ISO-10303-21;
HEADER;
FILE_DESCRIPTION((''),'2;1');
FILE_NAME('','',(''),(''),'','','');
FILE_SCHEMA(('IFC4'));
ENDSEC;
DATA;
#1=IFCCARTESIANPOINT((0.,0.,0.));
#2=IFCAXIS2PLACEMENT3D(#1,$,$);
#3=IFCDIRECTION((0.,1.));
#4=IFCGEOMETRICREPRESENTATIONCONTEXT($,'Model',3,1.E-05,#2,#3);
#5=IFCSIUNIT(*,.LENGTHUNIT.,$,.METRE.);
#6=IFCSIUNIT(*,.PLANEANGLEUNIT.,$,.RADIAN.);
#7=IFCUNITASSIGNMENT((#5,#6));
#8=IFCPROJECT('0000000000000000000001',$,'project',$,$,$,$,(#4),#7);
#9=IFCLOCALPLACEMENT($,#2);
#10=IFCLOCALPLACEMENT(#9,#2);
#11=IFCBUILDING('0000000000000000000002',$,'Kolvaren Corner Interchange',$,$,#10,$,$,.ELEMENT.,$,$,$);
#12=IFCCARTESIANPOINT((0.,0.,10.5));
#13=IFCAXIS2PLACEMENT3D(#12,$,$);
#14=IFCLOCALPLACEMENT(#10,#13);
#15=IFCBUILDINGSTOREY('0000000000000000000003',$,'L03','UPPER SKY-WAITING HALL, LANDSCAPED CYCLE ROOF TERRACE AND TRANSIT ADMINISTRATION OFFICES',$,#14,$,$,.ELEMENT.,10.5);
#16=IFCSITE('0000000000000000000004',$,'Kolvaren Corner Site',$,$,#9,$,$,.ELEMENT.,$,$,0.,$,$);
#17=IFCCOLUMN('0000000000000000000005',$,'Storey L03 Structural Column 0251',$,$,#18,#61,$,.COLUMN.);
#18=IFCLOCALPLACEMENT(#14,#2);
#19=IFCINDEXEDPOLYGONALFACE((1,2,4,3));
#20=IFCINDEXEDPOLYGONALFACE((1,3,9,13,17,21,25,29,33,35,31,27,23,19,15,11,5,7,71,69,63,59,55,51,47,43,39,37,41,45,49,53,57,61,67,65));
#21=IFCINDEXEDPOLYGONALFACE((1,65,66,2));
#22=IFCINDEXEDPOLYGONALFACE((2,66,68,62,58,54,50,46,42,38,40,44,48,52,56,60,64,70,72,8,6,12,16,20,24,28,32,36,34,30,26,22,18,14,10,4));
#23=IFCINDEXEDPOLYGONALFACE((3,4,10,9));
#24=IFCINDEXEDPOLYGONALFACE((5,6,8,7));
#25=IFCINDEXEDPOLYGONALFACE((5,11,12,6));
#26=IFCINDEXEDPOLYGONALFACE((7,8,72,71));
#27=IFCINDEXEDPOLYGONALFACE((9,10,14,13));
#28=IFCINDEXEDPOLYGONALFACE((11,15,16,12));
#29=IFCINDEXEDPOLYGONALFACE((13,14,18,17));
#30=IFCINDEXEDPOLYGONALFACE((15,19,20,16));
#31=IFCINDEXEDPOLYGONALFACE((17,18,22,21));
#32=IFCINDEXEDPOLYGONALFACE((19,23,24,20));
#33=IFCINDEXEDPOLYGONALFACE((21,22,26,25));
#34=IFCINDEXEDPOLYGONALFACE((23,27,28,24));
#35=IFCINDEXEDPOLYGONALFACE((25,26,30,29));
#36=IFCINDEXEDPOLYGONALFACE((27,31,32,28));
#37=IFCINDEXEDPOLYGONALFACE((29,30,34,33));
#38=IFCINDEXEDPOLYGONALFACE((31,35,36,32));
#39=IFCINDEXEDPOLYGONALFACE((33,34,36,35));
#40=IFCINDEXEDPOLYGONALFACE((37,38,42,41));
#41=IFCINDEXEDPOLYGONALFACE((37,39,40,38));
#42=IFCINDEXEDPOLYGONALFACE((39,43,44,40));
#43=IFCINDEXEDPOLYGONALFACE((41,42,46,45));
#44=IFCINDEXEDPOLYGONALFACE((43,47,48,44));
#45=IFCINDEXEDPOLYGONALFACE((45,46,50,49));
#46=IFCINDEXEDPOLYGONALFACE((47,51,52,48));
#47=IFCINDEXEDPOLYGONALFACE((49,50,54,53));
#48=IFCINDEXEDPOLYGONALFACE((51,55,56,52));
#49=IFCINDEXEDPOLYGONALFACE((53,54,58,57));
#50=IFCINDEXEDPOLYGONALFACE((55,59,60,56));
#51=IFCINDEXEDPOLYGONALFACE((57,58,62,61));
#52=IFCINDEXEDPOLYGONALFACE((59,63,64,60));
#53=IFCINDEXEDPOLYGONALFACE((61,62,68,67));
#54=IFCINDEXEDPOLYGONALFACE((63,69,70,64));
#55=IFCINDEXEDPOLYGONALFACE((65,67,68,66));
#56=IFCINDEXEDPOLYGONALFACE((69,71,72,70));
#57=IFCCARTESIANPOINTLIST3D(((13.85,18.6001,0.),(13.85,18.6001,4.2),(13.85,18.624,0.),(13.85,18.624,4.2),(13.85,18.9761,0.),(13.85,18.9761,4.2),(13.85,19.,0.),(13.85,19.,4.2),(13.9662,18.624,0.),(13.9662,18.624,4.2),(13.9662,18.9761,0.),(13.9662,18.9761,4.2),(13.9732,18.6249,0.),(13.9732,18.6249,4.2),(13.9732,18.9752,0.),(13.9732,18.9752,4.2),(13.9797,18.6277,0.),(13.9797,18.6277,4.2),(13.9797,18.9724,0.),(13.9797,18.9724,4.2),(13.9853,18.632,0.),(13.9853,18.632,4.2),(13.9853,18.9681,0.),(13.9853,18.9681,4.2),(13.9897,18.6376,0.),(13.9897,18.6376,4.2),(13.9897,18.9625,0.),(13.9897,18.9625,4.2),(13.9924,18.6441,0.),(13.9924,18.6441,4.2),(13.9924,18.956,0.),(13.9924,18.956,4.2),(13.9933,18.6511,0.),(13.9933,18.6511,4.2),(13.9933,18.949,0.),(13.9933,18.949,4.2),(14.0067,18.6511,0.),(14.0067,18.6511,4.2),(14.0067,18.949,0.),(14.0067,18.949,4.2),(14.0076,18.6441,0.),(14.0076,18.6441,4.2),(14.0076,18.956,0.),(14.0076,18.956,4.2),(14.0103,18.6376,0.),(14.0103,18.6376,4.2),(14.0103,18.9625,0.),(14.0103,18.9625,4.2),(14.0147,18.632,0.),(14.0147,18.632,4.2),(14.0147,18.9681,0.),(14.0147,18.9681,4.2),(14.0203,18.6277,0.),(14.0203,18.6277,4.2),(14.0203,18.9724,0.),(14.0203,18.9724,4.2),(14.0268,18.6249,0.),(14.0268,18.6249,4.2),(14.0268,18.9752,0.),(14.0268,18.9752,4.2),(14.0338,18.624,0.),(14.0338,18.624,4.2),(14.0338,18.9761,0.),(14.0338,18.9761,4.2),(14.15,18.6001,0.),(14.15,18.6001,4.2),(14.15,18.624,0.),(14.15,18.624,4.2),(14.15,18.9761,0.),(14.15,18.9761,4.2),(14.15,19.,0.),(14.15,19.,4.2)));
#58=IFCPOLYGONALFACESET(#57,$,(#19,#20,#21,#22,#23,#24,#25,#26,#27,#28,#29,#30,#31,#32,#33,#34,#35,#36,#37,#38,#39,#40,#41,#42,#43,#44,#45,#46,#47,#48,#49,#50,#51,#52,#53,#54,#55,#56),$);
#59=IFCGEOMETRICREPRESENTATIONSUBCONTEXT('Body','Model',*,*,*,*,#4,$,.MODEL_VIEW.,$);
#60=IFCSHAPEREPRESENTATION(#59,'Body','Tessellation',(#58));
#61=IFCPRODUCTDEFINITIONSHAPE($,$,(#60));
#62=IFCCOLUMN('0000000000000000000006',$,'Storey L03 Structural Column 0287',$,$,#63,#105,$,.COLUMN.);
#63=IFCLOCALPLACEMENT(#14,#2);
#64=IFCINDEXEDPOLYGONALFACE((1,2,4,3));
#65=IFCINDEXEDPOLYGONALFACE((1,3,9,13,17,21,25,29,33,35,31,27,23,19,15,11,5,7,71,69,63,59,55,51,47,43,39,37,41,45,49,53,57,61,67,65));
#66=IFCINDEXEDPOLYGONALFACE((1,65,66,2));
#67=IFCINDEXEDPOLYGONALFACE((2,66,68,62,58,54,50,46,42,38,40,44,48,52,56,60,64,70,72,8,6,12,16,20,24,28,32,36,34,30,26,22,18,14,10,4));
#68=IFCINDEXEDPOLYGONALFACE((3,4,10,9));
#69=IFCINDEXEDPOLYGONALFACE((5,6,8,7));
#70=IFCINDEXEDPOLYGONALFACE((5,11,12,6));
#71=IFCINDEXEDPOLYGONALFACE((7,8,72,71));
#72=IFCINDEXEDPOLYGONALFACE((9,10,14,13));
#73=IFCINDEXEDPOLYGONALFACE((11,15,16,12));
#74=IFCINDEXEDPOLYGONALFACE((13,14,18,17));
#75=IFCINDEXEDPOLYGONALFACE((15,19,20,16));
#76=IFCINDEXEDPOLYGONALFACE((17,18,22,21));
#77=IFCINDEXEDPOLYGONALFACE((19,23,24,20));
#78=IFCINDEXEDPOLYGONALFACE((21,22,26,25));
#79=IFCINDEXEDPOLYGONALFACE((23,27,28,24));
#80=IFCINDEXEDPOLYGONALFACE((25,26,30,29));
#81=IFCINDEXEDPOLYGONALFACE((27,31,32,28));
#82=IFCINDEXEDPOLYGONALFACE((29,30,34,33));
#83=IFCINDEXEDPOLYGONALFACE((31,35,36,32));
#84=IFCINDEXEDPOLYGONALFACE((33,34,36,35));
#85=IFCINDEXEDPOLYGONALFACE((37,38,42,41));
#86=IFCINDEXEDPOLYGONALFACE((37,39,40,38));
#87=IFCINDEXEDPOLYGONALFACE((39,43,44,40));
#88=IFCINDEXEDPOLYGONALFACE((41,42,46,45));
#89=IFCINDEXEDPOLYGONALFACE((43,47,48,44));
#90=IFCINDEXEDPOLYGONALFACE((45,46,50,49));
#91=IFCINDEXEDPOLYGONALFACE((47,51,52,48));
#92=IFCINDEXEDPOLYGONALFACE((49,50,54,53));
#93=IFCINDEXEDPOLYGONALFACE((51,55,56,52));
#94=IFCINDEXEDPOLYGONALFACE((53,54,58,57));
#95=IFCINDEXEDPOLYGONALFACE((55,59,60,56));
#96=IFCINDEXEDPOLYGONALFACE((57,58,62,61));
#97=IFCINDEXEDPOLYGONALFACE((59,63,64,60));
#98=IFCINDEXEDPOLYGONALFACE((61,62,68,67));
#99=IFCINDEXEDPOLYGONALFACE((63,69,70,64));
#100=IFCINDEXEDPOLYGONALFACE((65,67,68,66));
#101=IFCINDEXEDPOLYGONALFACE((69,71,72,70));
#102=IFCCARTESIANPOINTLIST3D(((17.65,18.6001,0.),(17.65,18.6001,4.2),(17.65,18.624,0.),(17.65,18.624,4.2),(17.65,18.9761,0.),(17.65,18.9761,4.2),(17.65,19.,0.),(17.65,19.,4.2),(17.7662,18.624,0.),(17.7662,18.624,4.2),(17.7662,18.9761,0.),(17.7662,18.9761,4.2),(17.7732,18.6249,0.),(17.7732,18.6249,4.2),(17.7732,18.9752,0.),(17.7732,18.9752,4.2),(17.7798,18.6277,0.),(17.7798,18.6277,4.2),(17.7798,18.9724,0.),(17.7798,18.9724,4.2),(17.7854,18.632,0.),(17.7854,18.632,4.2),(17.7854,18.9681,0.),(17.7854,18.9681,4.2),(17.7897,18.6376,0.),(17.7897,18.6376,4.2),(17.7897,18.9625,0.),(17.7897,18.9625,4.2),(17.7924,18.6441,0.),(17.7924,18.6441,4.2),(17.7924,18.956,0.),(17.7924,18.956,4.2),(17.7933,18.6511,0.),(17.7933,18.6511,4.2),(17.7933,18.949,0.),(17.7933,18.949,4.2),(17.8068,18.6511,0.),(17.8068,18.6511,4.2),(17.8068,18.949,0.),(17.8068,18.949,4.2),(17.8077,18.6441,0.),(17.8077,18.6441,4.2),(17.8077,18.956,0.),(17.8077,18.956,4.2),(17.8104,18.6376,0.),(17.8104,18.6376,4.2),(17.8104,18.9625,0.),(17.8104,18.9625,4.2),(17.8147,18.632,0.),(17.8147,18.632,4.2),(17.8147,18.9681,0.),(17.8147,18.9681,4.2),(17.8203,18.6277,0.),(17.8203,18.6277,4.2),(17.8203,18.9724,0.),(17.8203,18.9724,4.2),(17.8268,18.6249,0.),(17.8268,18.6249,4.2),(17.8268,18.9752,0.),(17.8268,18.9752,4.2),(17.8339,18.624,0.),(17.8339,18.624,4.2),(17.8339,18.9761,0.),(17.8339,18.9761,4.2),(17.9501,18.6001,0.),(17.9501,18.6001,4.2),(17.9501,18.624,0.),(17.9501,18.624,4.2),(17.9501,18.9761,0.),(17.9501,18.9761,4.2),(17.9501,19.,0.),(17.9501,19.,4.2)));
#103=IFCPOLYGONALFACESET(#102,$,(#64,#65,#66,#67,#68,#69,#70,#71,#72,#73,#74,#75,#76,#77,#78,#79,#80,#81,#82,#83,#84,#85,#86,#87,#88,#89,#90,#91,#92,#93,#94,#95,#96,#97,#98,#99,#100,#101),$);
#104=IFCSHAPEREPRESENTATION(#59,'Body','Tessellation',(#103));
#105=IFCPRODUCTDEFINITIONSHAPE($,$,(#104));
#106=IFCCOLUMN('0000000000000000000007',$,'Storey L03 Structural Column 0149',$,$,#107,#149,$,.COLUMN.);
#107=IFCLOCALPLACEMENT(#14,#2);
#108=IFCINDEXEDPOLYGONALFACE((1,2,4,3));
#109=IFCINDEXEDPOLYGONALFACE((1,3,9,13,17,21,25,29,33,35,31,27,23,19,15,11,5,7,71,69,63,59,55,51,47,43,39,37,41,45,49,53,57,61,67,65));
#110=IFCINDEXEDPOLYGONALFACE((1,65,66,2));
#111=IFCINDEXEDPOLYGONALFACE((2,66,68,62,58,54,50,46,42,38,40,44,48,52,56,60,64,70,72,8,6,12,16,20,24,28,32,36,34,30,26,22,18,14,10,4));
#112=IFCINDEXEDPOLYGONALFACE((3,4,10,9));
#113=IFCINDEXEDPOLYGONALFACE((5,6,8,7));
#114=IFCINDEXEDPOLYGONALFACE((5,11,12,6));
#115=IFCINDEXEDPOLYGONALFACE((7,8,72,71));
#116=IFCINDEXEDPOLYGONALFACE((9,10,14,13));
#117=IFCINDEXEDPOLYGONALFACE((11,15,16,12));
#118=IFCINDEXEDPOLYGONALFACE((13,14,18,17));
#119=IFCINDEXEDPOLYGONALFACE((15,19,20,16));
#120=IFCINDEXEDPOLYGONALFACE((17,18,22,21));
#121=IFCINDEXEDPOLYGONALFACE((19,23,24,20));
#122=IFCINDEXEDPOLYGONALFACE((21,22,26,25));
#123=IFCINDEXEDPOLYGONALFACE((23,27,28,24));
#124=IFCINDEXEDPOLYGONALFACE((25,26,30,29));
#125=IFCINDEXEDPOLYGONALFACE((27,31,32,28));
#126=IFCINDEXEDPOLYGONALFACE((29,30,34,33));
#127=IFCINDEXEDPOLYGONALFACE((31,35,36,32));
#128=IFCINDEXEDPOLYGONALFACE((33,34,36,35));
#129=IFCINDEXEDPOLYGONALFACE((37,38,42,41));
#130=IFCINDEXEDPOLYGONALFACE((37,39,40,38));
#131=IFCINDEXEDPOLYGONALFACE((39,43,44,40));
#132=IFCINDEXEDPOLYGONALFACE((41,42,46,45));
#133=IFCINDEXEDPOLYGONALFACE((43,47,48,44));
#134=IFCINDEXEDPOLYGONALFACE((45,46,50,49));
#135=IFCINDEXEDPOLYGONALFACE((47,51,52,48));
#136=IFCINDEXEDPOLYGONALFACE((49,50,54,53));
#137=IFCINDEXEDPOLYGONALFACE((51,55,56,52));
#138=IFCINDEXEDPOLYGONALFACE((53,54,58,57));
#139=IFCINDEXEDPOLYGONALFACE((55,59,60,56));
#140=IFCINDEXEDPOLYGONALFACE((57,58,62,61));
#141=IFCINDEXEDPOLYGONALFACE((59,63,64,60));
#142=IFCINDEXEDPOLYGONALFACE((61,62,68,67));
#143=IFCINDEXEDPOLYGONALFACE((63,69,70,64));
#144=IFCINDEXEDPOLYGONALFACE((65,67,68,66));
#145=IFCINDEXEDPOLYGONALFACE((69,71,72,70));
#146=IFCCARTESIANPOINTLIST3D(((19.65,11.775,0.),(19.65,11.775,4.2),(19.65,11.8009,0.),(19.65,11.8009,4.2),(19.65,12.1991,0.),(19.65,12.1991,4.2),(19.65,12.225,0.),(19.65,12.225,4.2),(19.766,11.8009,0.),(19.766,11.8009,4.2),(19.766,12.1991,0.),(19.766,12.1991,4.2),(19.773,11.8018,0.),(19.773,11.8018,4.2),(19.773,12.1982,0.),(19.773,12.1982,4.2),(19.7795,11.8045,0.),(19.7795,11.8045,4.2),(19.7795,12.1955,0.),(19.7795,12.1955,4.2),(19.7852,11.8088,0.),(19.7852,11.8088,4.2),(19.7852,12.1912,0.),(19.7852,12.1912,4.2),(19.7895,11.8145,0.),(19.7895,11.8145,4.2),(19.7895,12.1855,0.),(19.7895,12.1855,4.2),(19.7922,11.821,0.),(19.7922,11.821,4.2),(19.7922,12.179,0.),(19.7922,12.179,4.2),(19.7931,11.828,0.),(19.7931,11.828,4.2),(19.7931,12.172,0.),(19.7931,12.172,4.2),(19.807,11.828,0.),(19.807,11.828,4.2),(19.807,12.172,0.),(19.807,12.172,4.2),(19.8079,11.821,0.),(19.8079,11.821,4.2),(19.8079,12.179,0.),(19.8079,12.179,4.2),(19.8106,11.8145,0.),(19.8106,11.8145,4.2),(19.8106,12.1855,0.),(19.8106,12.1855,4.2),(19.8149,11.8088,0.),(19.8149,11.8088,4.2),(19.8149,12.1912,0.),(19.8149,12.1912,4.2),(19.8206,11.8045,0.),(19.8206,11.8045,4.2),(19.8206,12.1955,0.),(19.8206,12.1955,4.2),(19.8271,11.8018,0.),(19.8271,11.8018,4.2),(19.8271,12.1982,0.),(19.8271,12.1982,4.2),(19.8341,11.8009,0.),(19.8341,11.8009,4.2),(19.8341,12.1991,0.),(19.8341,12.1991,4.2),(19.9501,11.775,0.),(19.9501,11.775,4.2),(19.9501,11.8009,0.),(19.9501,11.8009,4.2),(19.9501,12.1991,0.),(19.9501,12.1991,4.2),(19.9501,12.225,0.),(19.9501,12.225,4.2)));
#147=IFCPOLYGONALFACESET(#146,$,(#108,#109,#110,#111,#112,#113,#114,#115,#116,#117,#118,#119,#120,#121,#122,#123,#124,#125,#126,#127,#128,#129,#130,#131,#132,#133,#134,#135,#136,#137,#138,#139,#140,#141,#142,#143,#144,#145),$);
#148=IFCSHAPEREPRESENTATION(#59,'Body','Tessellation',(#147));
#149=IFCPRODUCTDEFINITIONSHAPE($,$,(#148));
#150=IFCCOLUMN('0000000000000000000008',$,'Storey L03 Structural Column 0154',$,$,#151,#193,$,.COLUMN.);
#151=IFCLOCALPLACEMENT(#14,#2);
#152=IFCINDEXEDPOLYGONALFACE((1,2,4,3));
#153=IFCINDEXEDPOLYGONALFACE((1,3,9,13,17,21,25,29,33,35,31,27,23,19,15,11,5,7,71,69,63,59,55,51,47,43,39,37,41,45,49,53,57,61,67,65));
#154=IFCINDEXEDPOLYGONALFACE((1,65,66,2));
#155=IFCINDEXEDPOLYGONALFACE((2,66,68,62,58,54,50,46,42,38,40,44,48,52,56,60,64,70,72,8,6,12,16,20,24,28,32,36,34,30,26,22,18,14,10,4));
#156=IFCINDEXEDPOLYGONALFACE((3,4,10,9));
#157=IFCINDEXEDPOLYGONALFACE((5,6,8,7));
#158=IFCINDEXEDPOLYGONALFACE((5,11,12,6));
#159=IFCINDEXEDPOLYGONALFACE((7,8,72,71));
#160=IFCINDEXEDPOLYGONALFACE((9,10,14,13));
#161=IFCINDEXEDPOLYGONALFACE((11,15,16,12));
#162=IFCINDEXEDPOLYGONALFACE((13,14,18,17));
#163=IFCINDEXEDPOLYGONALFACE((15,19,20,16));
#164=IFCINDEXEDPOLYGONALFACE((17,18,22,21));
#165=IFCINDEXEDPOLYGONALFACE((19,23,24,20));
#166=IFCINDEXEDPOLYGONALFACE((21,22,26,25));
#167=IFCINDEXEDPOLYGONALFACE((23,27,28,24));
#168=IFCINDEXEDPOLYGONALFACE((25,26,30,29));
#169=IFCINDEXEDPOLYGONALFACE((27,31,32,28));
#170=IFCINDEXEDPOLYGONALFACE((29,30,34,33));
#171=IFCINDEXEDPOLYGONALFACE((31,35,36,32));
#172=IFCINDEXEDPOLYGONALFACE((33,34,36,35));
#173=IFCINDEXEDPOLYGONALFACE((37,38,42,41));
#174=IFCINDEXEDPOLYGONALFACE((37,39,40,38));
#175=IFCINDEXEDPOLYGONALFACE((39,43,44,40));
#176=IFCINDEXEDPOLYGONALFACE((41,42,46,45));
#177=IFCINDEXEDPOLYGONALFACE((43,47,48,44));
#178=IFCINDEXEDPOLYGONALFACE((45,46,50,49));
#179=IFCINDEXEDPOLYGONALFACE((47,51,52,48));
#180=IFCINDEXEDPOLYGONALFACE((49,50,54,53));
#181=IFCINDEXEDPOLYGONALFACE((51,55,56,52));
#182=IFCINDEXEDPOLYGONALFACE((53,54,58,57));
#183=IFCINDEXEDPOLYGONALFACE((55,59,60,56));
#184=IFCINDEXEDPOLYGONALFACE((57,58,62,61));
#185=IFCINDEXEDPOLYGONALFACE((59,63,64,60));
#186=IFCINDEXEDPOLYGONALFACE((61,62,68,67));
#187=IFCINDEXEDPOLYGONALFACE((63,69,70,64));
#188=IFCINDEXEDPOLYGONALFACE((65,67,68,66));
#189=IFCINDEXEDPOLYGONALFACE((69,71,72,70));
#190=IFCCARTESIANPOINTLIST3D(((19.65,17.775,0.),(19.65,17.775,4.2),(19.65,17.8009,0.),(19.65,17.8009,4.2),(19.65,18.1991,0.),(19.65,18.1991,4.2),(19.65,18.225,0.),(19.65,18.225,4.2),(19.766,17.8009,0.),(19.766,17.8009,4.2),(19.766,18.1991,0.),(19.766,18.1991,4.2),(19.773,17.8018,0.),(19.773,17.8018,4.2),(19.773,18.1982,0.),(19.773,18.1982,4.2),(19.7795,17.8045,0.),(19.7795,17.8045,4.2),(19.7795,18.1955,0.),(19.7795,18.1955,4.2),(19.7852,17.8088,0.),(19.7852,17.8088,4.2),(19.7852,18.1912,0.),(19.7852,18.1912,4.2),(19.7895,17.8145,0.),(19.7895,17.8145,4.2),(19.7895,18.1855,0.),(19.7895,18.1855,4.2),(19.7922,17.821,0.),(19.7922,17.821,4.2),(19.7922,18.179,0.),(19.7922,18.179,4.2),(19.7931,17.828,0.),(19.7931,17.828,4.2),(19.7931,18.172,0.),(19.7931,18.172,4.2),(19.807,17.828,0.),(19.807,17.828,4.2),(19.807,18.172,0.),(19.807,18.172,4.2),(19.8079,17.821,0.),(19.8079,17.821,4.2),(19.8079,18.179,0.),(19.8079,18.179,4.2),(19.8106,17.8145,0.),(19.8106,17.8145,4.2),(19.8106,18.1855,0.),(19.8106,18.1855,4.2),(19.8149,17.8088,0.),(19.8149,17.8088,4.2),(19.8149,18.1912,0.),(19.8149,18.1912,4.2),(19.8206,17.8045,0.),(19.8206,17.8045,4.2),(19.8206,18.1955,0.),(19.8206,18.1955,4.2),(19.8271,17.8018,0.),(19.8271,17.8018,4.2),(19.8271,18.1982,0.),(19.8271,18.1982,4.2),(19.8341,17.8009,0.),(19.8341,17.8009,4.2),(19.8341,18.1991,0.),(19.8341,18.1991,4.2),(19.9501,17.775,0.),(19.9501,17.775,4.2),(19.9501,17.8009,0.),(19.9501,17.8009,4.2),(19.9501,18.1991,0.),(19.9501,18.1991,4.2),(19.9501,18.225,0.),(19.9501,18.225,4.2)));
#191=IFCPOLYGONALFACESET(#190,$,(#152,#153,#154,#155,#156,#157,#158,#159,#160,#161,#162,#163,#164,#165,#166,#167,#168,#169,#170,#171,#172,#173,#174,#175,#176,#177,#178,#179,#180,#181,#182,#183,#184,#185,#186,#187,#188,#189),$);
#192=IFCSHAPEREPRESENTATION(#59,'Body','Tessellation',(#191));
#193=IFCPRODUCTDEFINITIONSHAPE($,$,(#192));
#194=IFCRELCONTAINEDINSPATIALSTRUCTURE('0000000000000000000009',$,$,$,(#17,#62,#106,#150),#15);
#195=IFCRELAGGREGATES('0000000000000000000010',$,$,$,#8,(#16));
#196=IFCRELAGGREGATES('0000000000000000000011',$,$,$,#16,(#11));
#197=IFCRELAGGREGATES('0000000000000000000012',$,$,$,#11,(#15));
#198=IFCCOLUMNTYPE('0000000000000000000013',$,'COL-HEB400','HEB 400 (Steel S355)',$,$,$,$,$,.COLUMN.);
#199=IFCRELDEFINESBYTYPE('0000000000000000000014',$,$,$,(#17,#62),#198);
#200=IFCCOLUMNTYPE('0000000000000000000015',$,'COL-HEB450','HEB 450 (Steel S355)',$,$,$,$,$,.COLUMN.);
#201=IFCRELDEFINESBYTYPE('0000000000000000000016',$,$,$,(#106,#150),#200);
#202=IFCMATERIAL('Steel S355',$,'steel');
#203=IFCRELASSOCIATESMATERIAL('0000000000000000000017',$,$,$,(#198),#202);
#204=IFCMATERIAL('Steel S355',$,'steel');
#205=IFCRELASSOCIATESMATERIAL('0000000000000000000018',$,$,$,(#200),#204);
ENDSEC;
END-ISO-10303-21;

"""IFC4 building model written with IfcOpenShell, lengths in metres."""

from ifc_helpers import new_model, si_unit, direction, frame, origin, origin_2d, place, context, subcontext, project, spatial, i_section, extrude, material, material_profile, profile_set, type_object, element, save


model = new_model("IFC4")

# Units and contexts
model_context = context("Model", 3, precision=1e-05, world=origin(), true_north=direction((0.0, 1.0)))
body_context = subcontext(model_context, "Body", "Model", "MODEL_VIEW")
ifc_project = project(units=[si_unit("LENGTHUNIT", "METRE"), si_unit("PLANEANGLEUNIT", "RADIAN")], contexts=[model_context])

# Site, building, storey
site_placement = place(None, origin())
site = spatial("IfcSite", under=ifc_project, at=site_placement, Name="Kolvaren Corner Site", CompositionType="ELEMENT", RefElevation=0.0)
building_placement = place(site_placement, origin())
building = spatial("IfcBuilding", under=site, at=building_placement, Name="Kolvaren Corner Interchange", CompositionType="ELEMENT")
storey_placement = place(building_placement, frame((0.0, 0.0, 10.5)))
storey = spatial("IfcBuildingStorey", under=building, at=storey_placement, Name="L03", Description="UPPER SKY-WAITING HALL, LANDSCAPED CYCLE ROOF TERRACE AND TRANSIT ADMINISTRATION OFFICES", CompositionType="ELEMENT", Elevation=10.5)

# Columns
ifc_material_1 = material(Name="Steel S355", Category="steel")
ifc_material_profile_1 = material_profile(ifc_material_1, i_section(OverallWidth=0.3, OverallDepth=0.3999, WebThickness=0.0134, FlangeThickness=0.0239, FilletRadius=0.0271, at=origin_2d()), Name="HEB 400")
ifc_profile_set_1 = profile_set([ifc_material_profile_1], Name="Steel S355")
column_type_1 = type_object("IfcColumnType", Name="COL-HEB400", Description="HEB 400 (Steel S355)", PredefinedType="COLUMN", material=ifc_profile_set_1)
for number, where, z_axis, x_axis, name in (
    (1, (14.0, 18.8, 0.0), (0.0, 0.0, 1.0), (1.0, 0.0, 0.0), "Storey L03 Structural Column 0251"),
    (2, (17.8, 18.8, 0.0), (0.0, 0.0, 1.0), (1.0, 0.0, 0.0), "Storey L03 Structural Column 0287"),
):
    element("IfcColumn", number, at=place(storey_placement, frame(where, z_axis=z_axis, x_axis=x_axis)), inside=storey, type_object=column_type_1, Name=name, PredefinedType="COLUMN", context=body_context, shape_type="SweptSolid", body=[
        extrude(i_section(OverallWidth=0.3, OverallDepth=0.3999, WebThickness=0.0134, FlangeThickness=0.0239, FilletRadius=0.0271, at=origin_2d()), origin(), (0.0, 0.0, 1.0), 4.2),
    ])
ifc_material_2 = material(Name="Steel S355", Category="steel")
ifc_material_profile_2 = material_profile(ifc_material_2, i_section(OverallWidth=0.3, OverallDepth=0.45, WebThickness=0.0139, FlangeThickness=0.0259, FilletRadius=0.0271, at=origin_2d()), Name="HEB 450")
ifc_profile_set_2 = profile_set([ifc_material_profile_2], Name="Steel S355")
column_type_2 = type_object("IfcColumnType", Name="COL-HEB450", Description="HEB 450 (Steel S355)", PredefinedType="COLUMN", material=ifc_profile_set_2)
for number, where, z_axis, x_axis, name in (
    (3, (19.8, 12.0, 0.0), (0.0, 0.0, 1.0), (1.0, 0.0, 0.0), "Storey L03 Structural Column 0149"),
    (4, (19.8, 18.0, 0.0), (0.0, 0.0, 1.0), (1.0, 0.0, 0.0), "Storey L03 Structural Column 0154"),
):
    element("IfcColumn", number, at=place(storey_placement, frame(where, z_axis=z_axis, x_axis=x_axis)), inside=storey, type_object=column_type_2, Name=name, PredefinedType="COLUMN", context=body_context, shape_type="SweptSolid", body=[
        extrude(i_section(OverallWidth=0.3, OverallDepth=0.45, WebThickness=0.0139, FlangeThickness=0.0259, FilletRadius=0.0271, at=origin_2d()), origin(), (0.0, 0.0, 1.0), 4.2),
    ])

save(model, "model.ifc")
